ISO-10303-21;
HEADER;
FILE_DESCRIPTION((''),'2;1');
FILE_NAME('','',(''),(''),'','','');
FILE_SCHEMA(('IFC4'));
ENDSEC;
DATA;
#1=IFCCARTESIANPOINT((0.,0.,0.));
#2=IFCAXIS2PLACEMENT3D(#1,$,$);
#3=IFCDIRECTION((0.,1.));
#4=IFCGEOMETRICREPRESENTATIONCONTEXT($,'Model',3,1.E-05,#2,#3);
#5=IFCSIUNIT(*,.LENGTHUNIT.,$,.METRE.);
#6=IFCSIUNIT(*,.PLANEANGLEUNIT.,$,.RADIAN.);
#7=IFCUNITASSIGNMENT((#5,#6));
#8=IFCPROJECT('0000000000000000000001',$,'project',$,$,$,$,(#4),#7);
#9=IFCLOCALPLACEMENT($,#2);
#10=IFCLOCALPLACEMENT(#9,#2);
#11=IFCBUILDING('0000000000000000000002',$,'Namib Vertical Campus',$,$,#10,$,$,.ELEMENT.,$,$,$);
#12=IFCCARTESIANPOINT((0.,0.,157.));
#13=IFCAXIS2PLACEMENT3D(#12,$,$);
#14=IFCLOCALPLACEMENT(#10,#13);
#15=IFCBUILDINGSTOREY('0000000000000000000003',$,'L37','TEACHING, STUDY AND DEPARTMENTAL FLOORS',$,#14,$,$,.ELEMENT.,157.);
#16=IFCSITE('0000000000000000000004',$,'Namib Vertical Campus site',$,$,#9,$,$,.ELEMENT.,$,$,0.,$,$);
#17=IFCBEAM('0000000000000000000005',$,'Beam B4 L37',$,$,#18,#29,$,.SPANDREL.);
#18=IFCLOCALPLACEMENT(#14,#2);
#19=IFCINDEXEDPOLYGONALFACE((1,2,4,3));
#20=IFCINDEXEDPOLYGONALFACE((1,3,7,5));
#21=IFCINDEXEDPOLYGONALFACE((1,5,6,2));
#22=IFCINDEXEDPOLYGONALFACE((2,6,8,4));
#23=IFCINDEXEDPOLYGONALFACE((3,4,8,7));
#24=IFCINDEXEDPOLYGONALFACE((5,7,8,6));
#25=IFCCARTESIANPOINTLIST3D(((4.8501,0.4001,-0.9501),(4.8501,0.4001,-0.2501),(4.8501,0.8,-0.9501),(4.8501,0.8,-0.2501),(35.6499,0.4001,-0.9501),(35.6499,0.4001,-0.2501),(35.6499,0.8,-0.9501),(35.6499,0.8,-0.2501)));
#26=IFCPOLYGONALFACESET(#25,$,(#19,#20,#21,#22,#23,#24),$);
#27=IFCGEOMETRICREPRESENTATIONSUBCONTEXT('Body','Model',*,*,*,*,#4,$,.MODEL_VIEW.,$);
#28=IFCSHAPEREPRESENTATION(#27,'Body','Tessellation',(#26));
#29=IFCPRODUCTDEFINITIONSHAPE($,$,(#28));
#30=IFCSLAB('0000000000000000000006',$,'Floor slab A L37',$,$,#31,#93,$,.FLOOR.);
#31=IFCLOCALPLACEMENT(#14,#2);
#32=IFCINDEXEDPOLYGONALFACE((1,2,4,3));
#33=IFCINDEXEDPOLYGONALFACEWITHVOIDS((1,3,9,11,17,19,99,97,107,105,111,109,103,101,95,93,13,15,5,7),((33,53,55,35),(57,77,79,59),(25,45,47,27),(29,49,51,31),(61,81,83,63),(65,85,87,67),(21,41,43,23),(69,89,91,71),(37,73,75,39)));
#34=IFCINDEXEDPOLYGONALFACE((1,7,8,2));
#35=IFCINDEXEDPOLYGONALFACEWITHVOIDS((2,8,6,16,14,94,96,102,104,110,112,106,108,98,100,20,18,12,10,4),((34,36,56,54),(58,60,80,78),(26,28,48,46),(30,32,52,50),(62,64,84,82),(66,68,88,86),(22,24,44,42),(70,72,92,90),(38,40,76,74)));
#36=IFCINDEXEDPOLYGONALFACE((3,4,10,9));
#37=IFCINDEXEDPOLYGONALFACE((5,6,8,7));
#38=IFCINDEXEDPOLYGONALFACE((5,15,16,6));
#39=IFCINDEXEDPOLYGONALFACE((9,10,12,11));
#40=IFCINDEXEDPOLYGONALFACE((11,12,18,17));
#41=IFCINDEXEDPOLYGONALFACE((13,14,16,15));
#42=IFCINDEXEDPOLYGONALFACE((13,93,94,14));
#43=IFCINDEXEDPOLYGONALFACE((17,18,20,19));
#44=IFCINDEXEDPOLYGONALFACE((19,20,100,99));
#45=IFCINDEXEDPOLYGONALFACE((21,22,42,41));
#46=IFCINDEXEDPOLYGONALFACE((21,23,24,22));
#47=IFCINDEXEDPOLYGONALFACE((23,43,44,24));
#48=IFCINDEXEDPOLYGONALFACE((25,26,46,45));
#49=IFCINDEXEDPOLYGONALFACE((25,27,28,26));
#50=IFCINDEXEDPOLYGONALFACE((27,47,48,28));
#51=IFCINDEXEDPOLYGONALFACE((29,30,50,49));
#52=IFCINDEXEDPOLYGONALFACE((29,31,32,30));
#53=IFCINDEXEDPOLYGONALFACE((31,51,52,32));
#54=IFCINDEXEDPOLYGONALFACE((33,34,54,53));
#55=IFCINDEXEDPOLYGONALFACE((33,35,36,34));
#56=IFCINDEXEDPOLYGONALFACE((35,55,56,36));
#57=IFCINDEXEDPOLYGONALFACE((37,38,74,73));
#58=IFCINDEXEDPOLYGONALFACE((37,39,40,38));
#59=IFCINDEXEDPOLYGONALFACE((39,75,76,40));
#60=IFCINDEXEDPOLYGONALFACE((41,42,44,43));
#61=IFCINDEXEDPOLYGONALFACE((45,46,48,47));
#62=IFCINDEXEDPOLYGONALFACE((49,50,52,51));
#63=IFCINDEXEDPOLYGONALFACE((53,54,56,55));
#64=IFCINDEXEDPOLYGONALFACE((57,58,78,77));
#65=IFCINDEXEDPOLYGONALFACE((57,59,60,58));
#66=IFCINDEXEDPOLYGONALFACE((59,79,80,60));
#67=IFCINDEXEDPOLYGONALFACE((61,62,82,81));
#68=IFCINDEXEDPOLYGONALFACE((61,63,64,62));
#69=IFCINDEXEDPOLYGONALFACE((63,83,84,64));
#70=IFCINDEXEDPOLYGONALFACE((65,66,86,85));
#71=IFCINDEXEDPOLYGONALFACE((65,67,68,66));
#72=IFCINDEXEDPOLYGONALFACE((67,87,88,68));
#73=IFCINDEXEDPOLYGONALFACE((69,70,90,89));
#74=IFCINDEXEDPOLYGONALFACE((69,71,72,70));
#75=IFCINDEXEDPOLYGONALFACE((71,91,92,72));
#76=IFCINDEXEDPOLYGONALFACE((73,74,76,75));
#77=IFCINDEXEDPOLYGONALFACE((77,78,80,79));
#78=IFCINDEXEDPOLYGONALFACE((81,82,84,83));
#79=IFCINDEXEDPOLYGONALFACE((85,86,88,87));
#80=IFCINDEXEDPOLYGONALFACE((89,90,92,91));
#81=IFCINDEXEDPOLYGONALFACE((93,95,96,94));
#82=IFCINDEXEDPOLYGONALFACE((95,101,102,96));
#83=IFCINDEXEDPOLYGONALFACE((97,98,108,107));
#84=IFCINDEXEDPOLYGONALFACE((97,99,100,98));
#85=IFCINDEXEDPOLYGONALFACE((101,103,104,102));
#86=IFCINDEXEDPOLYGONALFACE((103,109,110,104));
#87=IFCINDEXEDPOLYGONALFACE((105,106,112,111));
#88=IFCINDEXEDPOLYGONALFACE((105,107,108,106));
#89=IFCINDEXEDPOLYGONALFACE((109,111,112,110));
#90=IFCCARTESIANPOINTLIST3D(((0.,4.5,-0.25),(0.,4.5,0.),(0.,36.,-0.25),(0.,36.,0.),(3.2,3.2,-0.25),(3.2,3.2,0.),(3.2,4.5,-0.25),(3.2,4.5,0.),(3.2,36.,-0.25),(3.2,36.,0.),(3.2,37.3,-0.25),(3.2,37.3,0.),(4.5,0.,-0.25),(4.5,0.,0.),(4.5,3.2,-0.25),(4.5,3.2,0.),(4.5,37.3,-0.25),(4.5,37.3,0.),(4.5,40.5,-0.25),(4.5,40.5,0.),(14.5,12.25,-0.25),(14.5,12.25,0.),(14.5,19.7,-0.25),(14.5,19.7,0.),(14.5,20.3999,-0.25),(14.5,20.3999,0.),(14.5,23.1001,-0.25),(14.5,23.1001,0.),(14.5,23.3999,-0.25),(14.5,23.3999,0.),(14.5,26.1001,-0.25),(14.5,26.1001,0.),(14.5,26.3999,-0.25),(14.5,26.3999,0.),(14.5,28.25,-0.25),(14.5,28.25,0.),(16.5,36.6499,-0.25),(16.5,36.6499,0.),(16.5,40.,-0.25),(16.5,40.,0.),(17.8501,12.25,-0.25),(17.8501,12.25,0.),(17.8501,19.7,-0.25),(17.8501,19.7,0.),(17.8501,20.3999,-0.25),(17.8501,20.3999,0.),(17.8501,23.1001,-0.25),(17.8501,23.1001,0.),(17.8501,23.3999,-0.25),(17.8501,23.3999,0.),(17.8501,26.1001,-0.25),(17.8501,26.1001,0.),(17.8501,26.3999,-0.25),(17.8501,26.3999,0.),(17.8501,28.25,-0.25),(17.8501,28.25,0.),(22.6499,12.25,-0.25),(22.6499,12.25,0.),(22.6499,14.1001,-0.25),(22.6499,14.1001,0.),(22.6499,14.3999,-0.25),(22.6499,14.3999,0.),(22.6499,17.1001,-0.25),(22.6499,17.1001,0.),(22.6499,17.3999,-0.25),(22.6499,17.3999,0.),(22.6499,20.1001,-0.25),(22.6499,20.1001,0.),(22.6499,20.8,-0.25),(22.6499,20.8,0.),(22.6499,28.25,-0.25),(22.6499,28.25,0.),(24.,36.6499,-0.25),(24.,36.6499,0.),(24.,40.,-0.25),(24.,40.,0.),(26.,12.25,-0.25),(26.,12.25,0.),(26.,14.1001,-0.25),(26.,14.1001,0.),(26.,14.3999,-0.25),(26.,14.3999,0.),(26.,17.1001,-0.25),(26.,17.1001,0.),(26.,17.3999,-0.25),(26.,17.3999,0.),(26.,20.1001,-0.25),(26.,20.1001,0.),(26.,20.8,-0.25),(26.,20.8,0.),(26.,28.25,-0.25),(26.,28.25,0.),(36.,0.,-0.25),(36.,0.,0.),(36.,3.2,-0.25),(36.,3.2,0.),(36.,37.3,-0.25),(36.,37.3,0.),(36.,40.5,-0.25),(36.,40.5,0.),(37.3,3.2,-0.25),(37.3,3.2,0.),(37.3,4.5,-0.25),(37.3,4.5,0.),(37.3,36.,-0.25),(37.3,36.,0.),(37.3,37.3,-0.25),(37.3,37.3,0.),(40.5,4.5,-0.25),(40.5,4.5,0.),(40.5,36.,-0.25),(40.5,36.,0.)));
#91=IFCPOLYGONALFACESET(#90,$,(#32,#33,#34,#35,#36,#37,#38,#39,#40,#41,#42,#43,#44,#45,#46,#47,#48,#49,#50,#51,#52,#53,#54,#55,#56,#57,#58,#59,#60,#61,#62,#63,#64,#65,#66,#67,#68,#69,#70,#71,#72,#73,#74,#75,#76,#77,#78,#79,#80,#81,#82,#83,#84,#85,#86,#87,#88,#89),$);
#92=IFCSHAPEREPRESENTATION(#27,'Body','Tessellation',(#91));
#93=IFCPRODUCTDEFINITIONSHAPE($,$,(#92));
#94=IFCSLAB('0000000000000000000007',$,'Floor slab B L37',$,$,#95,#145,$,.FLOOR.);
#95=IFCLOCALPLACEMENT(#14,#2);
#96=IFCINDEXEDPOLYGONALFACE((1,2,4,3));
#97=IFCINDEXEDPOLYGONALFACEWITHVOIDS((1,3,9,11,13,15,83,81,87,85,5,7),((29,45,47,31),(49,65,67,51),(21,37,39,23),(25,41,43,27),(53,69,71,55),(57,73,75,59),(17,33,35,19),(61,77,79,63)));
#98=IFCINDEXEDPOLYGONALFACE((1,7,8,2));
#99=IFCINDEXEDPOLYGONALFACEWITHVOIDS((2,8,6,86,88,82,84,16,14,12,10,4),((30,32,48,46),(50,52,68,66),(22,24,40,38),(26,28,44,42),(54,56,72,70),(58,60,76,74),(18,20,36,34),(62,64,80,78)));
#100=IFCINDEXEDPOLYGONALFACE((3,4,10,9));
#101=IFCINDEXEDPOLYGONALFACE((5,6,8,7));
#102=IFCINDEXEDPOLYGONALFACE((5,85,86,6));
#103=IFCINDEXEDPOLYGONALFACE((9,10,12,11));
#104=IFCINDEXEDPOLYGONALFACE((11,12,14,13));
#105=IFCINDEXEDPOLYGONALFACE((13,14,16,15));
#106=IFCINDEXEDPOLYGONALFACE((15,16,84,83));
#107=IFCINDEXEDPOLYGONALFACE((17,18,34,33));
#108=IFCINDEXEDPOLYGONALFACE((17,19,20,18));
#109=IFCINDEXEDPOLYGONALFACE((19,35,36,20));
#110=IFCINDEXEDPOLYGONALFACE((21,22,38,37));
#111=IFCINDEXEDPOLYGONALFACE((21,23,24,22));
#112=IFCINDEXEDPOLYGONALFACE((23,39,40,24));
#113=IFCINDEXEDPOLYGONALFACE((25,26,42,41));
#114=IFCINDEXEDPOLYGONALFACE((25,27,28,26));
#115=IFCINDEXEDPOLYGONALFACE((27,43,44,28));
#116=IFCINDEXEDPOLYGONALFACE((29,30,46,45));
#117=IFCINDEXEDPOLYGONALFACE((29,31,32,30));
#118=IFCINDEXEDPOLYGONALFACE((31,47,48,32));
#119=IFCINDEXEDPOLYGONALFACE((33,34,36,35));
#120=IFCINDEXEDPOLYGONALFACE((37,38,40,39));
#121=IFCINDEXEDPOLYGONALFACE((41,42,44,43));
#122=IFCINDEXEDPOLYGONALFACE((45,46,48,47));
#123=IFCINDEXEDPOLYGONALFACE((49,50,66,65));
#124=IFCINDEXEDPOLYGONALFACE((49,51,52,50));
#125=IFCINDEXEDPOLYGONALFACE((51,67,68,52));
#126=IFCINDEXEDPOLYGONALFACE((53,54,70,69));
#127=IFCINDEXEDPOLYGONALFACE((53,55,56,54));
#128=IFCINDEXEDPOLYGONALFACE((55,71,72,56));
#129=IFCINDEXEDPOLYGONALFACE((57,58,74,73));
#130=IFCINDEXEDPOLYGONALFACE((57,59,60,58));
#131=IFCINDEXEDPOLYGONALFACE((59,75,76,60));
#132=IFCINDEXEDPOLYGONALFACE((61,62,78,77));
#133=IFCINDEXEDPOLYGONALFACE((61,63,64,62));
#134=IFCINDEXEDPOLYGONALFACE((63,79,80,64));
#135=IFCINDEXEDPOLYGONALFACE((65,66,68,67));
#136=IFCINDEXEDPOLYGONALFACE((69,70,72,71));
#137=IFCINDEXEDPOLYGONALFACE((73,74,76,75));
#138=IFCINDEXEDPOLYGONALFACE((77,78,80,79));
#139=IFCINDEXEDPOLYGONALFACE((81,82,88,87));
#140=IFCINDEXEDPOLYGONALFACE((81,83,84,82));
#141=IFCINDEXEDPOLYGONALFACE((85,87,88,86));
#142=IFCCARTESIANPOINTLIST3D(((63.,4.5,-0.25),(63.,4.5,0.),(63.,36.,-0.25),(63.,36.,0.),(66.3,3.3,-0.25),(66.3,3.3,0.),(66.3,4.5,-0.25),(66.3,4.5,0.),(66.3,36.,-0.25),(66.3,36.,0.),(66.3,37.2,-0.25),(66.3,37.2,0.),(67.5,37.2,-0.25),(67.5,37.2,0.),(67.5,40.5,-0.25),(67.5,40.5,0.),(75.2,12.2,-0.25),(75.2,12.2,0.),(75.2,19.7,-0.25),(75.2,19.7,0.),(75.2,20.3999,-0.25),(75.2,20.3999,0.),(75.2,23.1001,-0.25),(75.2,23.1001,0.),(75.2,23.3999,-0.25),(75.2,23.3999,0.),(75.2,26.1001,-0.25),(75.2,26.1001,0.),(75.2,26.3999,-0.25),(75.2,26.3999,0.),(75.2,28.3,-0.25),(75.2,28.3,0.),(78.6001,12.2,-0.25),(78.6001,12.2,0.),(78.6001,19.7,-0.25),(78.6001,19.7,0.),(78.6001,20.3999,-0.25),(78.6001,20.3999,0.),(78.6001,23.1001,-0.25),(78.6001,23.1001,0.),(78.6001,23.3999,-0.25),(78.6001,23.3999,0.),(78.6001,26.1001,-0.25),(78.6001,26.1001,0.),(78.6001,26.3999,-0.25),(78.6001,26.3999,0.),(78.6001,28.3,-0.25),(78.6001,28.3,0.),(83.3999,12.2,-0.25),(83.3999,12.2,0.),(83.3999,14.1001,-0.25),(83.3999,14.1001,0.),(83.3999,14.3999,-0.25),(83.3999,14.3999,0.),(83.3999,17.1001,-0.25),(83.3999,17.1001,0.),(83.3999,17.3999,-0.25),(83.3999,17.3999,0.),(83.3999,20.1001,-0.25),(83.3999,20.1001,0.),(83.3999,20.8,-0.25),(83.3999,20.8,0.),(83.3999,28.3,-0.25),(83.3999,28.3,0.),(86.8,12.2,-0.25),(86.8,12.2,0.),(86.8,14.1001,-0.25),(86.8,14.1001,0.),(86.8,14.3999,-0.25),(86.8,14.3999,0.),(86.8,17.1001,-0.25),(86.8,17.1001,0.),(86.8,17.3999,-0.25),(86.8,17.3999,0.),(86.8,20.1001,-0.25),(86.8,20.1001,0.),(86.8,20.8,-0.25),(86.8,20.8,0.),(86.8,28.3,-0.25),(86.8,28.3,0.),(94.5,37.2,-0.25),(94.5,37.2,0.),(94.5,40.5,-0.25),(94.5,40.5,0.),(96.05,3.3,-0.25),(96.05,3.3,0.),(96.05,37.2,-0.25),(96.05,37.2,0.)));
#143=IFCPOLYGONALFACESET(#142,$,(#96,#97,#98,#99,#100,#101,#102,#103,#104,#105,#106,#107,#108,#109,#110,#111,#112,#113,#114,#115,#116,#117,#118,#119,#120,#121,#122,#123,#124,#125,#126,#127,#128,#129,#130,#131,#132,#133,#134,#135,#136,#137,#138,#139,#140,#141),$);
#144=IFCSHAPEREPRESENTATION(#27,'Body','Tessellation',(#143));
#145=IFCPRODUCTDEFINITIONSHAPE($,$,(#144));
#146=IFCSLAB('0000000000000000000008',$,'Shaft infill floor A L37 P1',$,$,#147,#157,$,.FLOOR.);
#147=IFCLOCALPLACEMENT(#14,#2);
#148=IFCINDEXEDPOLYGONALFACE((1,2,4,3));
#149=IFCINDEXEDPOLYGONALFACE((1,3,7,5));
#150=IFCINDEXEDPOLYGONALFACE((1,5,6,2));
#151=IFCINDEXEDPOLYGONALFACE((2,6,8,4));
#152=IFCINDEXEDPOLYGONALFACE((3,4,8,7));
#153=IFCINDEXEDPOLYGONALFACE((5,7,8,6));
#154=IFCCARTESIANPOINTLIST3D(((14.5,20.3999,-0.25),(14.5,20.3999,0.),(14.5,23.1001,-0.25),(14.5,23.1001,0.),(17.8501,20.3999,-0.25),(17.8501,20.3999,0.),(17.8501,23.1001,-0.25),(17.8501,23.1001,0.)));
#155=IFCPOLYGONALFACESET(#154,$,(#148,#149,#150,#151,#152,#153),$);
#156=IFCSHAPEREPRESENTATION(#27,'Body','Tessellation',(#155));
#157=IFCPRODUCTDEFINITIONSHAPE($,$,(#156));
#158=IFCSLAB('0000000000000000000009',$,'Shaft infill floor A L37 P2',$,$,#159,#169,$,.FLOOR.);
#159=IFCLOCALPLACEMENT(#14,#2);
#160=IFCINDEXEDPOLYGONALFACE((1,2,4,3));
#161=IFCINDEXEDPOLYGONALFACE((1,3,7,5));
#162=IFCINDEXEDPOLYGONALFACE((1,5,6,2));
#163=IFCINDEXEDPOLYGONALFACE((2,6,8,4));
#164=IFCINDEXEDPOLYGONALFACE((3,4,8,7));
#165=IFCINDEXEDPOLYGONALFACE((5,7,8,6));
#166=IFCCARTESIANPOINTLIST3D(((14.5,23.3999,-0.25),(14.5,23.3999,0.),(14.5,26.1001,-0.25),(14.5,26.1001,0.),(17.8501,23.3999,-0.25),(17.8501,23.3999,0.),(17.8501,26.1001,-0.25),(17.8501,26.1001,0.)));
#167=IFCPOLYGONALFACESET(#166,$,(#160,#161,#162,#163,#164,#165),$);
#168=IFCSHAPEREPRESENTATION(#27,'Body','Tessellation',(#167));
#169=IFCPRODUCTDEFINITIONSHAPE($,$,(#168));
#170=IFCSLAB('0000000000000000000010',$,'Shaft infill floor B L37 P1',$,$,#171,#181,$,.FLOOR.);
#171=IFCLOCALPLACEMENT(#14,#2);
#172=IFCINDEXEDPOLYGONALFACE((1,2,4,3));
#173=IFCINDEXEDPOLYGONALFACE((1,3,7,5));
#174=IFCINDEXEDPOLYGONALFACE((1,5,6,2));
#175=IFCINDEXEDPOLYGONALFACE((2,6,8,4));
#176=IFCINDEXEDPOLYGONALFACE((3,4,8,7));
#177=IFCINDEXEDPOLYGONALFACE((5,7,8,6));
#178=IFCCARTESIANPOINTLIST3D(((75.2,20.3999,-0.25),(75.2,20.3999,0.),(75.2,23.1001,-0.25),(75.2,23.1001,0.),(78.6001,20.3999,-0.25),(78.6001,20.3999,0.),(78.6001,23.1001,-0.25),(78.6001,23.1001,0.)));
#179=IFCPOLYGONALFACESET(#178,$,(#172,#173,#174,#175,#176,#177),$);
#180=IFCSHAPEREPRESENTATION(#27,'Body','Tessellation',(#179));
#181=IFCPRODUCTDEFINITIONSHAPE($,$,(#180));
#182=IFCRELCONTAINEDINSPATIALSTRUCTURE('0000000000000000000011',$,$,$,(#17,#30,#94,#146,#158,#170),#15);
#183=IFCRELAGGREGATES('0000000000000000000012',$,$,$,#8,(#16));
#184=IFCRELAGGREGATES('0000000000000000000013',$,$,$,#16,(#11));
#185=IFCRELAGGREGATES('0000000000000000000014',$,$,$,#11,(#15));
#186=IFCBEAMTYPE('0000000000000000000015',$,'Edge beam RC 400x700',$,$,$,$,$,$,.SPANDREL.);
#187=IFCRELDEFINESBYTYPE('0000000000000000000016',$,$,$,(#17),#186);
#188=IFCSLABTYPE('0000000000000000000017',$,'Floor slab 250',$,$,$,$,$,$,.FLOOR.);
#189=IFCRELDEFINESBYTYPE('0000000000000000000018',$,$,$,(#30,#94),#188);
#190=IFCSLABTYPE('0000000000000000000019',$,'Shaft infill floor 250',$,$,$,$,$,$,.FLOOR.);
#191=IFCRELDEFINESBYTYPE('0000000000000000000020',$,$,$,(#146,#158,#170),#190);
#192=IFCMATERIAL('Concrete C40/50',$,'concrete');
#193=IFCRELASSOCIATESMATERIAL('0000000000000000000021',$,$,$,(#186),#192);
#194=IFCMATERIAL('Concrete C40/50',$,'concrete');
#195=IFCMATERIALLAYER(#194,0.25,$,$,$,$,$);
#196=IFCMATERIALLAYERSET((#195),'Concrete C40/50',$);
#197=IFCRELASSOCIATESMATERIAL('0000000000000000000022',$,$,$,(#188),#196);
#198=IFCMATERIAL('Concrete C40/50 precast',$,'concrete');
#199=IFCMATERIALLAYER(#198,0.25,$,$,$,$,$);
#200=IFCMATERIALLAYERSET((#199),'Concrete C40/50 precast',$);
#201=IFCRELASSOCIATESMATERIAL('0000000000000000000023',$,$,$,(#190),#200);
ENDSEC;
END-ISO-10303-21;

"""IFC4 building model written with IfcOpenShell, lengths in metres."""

from ifc_helpers import new_model, si_unit, direction, frame, origin, origin_2d, place, context, subcontext, project, spatial, polyline, rectangle, outline, extrude, material, layer, layer_set, material_profile, profile_set, type_object, element, save


model = new_model("IFC4")

# Units and contexts
model_context = context("Model", 3, precision=1e-05, world=origin(), true_north=direction((0.0, 1.0)))
body_context = subcontext(model_context, "Body", "Model", "MODEL_VIEW")
ifc_project = project(units=[si_unit("LENGTHUNIT", "METRE"), si_unit("PLANEANGLEUNIT", "RADIAN")], contexts=[model_context])

# Site, building, storey
site_placement = place(None, origin())
site = spatial("IfcSite", under=ifc_project, at=site_placement, Name="Namib Vertical Campus site", CompositionType="ELEMENT", RefElevation=0.0)
building_placement = place(site_placement, origin())
building = spatial("IfcBuilding", under=site, at=building_placement, Name="Namib Vertical Campus", CompositionType="ELEMENT")
storey_placement = place(building_placement, frame((0.0, 0.0, 157.0)))
storey = spatial("IfcBuildingStorey", under=building, at=storey_placement, Name="L37", Description="TEACHING, STUDY AND DEPARTMENTAL FLOORS", CompositionType="ELEMENT", Elevation=157.0)

# Beam
ifc_material_1 = material(Name="Concrete C40/50", Category="concrete")
ifc_material_profile = material_profile(ifc_material_1, rectangle(XDim=0.3999, YDim=0.7, at=origin_2d()))
ifc_profile_set = profile_set([ifc_material_profile], Name="Concrete C40/50")
beam_type = type_object("IfcBeamType", Name="Edge beam RC 400x700", PredefinedType="SPANDREL", material=ifc_profile_set)
beam_placement = place(storey_placement, frame((4.8501, 0.6001, -0.6001), z_axis=(1.0, 0.0, 0.0), x_axis=(0.0, 1.0, 0.0)))
element("IfcBeam", 1, at=beam_placement, inside=storey, type_object=beam_type, Name="Beam B4 L37", PredefinedType="SPANDREL", context=body_context, shape_type="SweptSolid", body=[
    extrude(rectangle(XDim=0.3999, YDim=0.7, at=origin_2d()), origin(), (0.0, 0.0, 1.0), 30.7998),
])

# Slabs
ifc_material_2 = material(Name="Concrete C40/50", Category="concrete")
ifc_layer_1 = layer(ifc_material_2, 0.25)
ifc_layer_set_1 = layer_set([ifc_layer_1], Name="Concrete C40/50")
slab_type_1 = type_object("IfcSlabType", Name="Floor slab 250", PredefinedType="FLOOR", material=ifc_layer_set_1)
slab_1_placement = place(storey_placement, frame((0.0, 0.0, -0.25)))
element("IfcSlab", 2, at=slab_1_placement, inside=storey, type_object=slab_type_1, Name="Floor slab A L37", PredefinedType="FLOOR", context=body_context, shape_type="SweptSolid", body=[
    extrude(outline(polyline([(4.5, 0.0), (36.0, 0.0), (36.0, 3.2), (37.3, 3.2), (37.3, 4.5), (40.5, 4.5), (40.5, 36.0), (37.3, 36.0), (37.3, 37.3), (36.0, 37.3), (36.0, 40.5), (4.5, 40.5), (4.5, 37.3), (3.2, 37.3), (3.2, 36.0), (0.0, 36.0), (0.0, 4.5), (3.2, 4.5), (3.2, 3.2), (4.5, 3.2), (4.5, 0.0)]), holes=[polyline([(14.5, 12.25), (17.8501, 12.25), (17.8501, 19.7), (14.5, 19.7), (14.5, 12.25)]), polyline([(22.6499, 20.8), (26.0, 20.8), (26.0, 28.25), (22.6499, 28.25), (22.6499, 20.8)]), polyline([(22.6499, 12.25), (26.0, 12.25), (26.0, 14.1001), (22.6499, 14.1001), (22.6499, 12.25)]), polyline([(14.5, 20.3999), (17.8501, 20.3999), (17.8501, 23.1001), (14.5, 23.1001), (14.5, 20.3999)]), polyline([(14.5, 23.3999), (17.8501, 23.3999), (17.8501, 26.1001), (14.5, 26.1001), (14.5, 23.3999)]), polyline([(14.5, 26.3999), (17.8501, 26.3999), (17.8501, 28.25), (14.5, 28.25), (14.5, 26.3999)]), polyline([(22.6499, 14.3999), (26.0, 14.3999), (26.0, 17.1001), (22.6499, 17.1001), (22.6499, 14.3999)]), polyline([(22.6499, 17.3999), (26.0, 17.3999), (26.0, 20.1001), (22.6499, 20.1001), (22.6499, 17.3999)]), polyline([(16.5, 36.6499), (24.0, 36.6499), (24.0, 40.0), (16.5, 40.0), (16.5, 36.6499)])]), origin(), (0.0, 0.0, 1.0), 0.25),
])
slab_2_placement = place(storey_placement, frame((0.0, 0.0, -0.25)))
element("IfcSlab", 3, at=slab_2_placement, inside=storey, type_object=slab_type_1, Name="Floor slab B L37", PredefinedType="FLOOR", context=body_context, shape_type="SweptSolid", body=[
    extrude(outline(polyline([(63.0, 4.5), (66.3, 4.5), (66.3, 3.3), (96.05, 3.3), (96.05, 37.2), (94.5, 37.2), (94.5, 40.5), (67.5, 40.5), (67.5, 37.2), (66.3, 37.2), (66.3, 36.0), (63.0, 36.0), (63.0, 4.5)]), holes=[polyline([(75.2, 12.2), (78.6001, 12.2), (78.6001, 19.7), (75.2, 19.7), (75.2, 12.2)]), polyline([(83.3999, 20.8), (86.8, 20.8), (86.8, 28.3), (83.3999, 28.3), (83.3999, 20.8)]), polyline([(83.3999, 12.2), (86.8, 12.2), (86.8, 14.1001), (83.3999, 14.1001), (83.3999, 12.2)]), polyline([(75.2, 20.3999), (78.6001, 20.3999), (78.6001, 23.1001), (75.2, 23.1001), (75.2, 20.3999)]), polyline([(75.2, 23.3999), (78.6001, 23.3999), (78.6001, 26.1001), (75.2, 26.1001), (75.2, 23.3999)]), polyline([(75.2, 26.3999), (78.6001, 26.3999), (78.6001, 28.3), (75.2, 28.3), (75.2, 26.3999)]), polyline([(83.3999, 14.3999), (86.8, 14.3999), (86.8, 17.1001), (83.3999, 17.1001), (83.3999, 14.3999)]), polyline([(83.3999, 17.3999), (86.8, 17.3999), (86.8, 20.1001), (83.3999, 20.1001), (83.3999, 17.3999)])]), origin(), (0.0, 0.0, 1.0), 0.25),
])
ifc_material_3 = material(Name="Concrete C40/50 precast", Category="concrete")
ifc_layer_2 = layer(ifc_material_3, 0.25)
ifc_layer_set_2 = layer_set([ifc_layer_2], Name="Concrete C40/50 precast")
slab_type_2 = type_object("IfcSlabType", Name="Shaft infill floor 250", PredefinedType="FLOOR", material=ifc_layer_set_2)
slab_3_placement = place(storey_placement, frame((0.0, 0.0, -0.25)))
element("IfcSlab", 4, at=slab_3_placement, inside=storey, type_object=slab_type_2, Name="Shaft infill floor A L37 P1", PredefinedType="FLOOR", context=body_context, shape_type="SweptSolid", body=[
    extrude(outline(polyline([(14.5, 20.3999), (17.8501, 20.3999), (17.8501, 23.1001), (14.5, 23.1001), (14.5, 20.3999)])), origin(), (0.0, 0.0, 1.0), 0.25),
])
slab_4_placement = place(storey_placement, frame((0.0, 0.0, -0.25)))
element("IfcSlab", 5, at=slab_4_placement, inside=storey, type_object=slab_type_2, Name="Shaft infill floor A L37 P2", PredefinedType="FLOOR", context=body_context, shape_type="SweptSolid", body=[
    extrude(outline(polyline([(14.5, 23.3999), (17.8501, 23.3999), (17.8501, 26.1001), (14.5, 26.1001), (14.5, 23.3999)])), origin(), (0.0, 0.0, 1.0), 0.25),
])
slab_5_placement = place(storey_placement, frame((0.0, 0.0, -0.25)))
element("IfcSlab", 6, at=slab_5_placement, inside=storey, type_object=slab_type_2, Name="Shaft infill floor B L37 P1", PredefinedType="FLOOR", context=body_context, shape_type="SweptSolid", body=[
    extrude(outline(polyline([(75.2, 20.3999), (78.6001, 20.3999), (78.6001, 23.1001), (75.2, 23.1001), (75.2, 20.3999)])), origin(), (0.0, 0.0, 1.0), 0.25),
])

save(model, "model.ifc")
